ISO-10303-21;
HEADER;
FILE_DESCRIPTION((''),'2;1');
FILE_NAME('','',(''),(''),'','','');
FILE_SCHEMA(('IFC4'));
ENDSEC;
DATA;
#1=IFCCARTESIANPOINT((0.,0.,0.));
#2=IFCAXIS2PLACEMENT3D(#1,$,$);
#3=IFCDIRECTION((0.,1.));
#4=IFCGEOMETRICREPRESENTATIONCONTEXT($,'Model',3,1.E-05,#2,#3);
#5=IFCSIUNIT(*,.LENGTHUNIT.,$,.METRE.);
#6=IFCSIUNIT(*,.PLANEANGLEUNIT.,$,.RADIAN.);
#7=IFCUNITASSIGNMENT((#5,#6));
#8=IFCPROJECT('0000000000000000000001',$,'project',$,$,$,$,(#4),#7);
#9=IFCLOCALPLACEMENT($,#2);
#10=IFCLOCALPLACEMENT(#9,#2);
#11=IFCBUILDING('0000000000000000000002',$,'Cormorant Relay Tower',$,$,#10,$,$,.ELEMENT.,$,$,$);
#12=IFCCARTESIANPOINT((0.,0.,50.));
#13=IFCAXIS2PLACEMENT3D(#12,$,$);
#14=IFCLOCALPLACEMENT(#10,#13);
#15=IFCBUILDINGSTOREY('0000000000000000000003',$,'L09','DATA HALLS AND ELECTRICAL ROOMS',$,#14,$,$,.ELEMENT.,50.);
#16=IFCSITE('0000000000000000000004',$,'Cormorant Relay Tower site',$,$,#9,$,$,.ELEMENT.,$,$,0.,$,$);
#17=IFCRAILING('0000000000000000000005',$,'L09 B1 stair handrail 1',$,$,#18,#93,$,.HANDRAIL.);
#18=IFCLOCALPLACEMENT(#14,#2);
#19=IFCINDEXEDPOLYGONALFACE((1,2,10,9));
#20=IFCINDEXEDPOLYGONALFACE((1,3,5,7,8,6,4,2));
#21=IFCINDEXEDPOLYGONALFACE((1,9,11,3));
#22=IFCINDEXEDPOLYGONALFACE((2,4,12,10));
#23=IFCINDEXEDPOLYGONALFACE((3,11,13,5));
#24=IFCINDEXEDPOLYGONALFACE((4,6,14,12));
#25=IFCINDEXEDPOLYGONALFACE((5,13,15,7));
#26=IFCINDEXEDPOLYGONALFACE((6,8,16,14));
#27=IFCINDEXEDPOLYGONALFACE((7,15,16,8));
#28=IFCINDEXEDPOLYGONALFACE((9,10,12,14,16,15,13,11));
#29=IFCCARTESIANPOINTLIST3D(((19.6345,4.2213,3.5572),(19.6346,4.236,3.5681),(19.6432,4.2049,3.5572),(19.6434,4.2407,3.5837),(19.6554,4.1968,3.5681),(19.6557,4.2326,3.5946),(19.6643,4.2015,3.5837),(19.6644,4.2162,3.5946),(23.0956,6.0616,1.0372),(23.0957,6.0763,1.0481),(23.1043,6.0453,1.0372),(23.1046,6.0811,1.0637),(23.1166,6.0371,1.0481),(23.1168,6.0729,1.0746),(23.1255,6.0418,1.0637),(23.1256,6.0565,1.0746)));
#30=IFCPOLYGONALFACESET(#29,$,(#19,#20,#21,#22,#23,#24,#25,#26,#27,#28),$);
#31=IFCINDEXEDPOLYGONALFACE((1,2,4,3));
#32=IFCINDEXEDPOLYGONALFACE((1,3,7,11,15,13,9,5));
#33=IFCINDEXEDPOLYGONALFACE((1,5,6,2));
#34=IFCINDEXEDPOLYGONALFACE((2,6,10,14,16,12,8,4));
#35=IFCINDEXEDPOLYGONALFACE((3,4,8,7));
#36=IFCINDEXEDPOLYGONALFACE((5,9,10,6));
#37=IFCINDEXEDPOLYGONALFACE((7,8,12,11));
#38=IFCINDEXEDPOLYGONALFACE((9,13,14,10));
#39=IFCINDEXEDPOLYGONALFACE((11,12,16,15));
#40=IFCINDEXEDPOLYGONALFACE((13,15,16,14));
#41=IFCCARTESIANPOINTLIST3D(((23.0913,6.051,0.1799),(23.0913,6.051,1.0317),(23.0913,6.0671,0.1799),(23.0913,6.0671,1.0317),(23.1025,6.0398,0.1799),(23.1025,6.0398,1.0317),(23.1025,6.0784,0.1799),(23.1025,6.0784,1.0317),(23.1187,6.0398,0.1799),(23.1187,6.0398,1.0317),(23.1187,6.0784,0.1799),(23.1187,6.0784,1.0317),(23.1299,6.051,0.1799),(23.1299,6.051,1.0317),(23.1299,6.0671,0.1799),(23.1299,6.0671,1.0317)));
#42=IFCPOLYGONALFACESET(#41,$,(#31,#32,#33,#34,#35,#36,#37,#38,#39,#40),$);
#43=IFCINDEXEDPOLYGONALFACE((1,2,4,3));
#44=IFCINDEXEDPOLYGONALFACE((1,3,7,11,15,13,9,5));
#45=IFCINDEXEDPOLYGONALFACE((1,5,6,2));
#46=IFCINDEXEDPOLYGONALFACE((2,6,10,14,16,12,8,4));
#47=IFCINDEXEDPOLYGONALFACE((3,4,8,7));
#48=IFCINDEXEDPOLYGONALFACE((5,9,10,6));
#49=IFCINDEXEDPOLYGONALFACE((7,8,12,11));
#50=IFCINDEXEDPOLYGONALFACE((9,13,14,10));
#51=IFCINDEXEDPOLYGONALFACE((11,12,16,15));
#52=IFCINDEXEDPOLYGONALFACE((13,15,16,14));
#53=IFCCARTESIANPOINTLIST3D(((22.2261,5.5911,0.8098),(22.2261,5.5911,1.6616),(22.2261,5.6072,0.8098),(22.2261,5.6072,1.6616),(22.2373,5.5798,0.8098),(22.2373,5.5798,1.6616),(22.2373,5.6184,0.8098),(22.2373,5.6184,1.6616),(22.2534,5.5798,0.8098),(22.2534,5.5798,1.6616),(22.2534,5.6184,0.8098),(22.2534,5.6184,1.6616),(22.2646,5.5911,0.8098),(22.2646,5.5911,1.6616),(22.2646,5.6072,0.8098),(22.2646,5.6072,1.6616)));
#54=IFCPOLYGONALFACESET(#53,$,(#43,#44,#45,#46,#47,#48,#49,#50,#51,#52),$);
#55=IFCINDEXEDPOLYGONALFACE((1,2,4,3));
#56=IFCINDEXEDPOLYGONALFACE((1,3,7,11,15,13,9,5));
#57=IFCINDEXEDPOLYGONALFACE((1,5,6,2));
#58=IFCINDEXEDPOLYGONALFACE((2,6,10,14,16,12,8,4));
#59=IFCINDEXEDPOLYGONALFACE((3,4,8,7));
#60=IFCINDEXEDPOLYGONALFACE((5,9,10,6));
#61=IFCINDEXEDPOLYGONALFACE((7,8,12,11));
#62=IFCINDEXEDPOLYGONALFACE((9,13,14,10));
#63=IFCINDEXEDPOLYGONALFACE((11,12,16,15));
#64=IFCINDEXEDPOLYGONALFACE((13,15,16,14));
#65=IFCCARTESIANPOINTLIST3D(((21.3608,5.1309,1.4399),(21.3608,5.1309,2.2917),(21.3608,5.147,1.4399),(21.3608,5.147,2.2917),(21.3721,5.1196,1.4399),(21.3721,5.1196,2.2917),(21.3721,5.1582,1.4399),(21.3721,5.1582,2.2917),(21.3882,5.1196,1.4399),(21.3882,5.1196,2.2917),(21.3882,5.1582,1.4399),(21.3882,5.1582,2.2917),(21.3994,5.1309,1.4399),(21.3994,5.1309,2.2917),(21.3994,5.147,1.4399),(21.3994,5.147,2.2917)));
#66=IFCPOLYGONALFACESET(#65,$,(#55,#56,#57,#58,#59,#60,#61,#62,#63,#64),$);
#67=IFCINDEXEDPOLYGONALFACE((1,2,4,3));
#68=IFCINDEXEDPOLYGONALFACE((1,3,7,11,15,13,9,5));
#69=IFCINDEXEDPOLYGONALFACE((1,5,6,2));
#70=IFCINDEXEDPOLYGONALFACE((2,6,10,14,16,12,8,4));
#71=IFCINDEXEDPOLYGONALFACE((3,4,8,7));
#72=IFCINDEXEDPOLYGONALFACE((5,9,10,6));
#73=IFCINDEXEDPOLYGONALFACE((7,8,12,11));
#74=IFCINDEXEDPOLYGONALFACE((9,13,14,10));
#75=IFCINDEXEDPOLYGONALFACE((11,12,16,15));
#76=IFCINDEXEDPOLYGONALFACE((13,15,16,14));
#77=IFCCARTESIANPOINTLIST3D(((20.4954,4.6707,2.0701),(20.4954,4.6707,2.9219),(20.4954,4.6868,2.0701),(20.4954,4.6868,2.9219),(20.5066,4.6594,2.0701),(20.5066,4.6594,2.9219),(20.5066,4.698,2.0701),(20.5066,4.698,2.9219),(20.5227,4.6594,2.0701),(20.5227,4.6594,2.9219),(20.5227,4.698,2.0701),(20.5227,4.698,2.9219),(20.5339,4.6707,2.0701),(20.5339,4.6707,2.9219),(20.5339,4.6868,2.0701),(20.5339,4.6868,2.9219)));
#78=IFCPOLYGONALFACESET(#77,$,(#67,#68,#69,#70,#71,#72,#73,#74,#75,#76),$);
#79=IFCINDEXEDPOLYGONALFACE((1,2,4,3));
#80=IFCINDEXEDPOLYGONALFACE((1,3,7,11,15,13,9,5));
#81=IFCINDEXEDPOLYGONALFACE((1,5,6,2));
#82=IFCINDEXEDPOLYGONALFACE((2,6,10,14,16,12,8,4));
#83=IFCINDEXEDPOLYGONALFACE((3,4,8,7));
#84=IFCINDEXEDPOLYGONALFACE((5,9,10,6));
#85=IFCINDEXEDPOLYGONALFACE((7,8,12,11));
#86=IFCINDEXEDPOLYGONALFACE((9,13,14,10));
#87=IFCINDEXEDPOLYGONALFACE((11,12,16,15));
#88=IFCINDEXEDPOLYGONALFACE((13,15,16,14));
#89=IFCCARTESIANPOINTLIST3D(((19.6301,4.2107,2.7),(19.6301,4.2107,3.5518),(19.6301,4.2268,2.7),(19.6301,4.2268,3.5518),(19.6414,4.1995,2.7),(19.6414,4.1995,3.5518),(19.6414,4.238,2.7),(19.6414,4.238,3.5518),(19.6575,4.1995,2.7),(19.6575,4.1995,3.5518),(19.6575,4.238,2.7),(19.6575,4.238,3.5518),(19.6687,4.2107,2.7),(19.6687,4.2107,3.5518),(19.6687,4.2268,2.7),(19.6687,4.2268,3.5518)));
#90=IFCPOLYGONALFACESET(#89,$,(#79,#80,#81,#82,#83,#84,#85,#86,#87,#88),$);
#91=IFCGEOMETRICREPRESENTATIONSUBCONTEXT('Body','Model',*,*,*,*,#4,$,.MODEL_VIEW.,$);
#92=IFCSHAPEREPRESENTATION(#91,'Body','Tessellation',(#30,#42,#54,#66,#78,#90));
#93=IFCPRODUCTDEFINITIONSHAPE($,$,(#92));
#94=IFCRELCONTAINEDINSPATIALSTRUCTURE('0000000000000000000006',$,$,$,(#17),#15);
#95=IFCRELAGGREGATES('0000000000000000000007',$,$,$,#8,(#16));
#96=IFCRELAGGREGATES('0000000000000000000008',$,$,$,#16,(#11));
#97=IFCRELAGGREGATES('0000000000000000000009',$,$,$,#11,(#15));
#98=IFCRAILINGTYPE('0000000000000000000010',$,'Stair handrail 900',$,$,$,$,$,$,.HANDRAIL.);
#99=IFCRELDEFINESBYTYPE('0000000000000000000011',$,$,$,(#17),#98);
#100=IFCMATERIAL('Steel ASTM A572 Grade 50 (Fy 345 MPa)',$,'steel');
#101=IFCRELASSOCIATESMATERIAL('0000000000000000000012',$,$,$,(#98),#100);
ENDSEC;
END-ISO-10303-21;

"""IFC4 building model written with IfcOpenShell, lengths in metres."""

from ifc_helpers import new_model, si_unit, direction, frame, origin, place, context, subcontext, project, spatial, polyline, outline, extrude, material, type_object, element, save


model = new_model("IFC4")

# Units and contexts
model_context = context("Model", 3, precision=1e-05, world=origin(), true_north=direction((0.0, 1.0)))
body_context = subcontext(model_context, "Body", "Model", "MODEL_VIEW")
ifc_project = project(units=[si_unit("LENGTHUNIT", "METRE"), si_unit("PLANEANGLEUNIT", "RADIAN")], contexts=[model_context])

# Site, building, storey
site_placement = place(None, origin())
site = spatial("IfcSite", under=ifc_project, at=site_placement, Name="Cormorant Relay Tower site", CompositionType="ELEMENT", RefElevation=0.0)
building_placement = place(site_placement, origin())
building = spatial("IfcBuilding", under=site, at=building_placement, Name="Cormorant Relay Tower", CompositionType="ELEMENT")
storey_placement = place(building_placement, frame((0.0, 0.0, 50.0)))
storey = spatial("IfcBuildingStorey", under=building, at=storey_placement, Name="L09", Description="DATA HALLS AND ELECTRICAL ROOMS", CompositionType="ELEMENT", Elevation=50.0)

# Railing
ifc_material_1 = material(Name="Steel ASTM A572 Grade 50 (Fy 345 MPa)", Category="steel")
railing_type_1 = type_object("IfcRailingType", Name="Stair handrail 900", PredefinedType="HANDRAIL", material=ifc_material_1)
railing_1_placement = place(storey_placement, frame((23.1106, 6.0591, 0.1799)))
element("IfcRailing", 1, at=railing_1_placement, inside=storey, type_object=railing_type_1, Name="L09 B1 stair handrail 1", PredefinedType="HANDRAIL", context=body_context, shape_type="SweptSolid", body=[
    extrude(outline(polyline([(0.0222, 0.0093), (0.0093, 0.0222), (-0.0093, 0.0222), (-0.0222, 0.0093), (-0.0222, -0.0093), (-0.0093, -0.0222), (0.0093, -0.0222), (0.0222, -0.0093), (0.0222, 0.0093)])), frame((0.0, 0.0, 0.876), z_axis=(-0.742717, -0.394907, 0.540758), x_axis=(0.469469, -0.882949, 0.0)), (0.0, 0.0, 1.0), 4.6602),
    extrude(outline(polyline([(0.0193, 0.0081), (0.0081, 0.0193), (-0.0081, 0.0193), (-0.0193, 0.0081), (-0.0193, -0.0081), (-0.0081, -0.0193), (0.0081, -0.0193), (0.0193, -0.0081), (0.0193, 0.0081)])), origin(), (0.0, 0.0, 1.0), 0.8518),
    extrude(outline(polyline([(0.0193, 0.0081), (0.0081, 0.0193), (-0.0081, 0.0193), (-0.0193, 0.0081), (-0.0193, -0.0081), (-0.0081, -0.0193), (0.0081, -0.0193), (0.0193, -0.0081), (0.0193, 0.0081)])), frame((-0.8652, -0.46, 0.6299)), (0.0, 0.0, 1.0), 0.8518),
    extrude(outline(polyline([(0.0193, 0.0081), (0.0081, 0.0193), (-0.0081, 0.0193), (-0.0193, 0.0081), (-0.0193, -0.0081), (-0.0081, -0.0193), (0.0081, -0.0193), (0.0193, -0.0081), (0.0193, 0.0081)])), frame((-1.7305, -0.9202, 1.26)), (0.0, 0.0, 1.0), 0.8518),
    extrude(outline(polyline([(0.0193, 0.0081), (0.0081, 0.0193), (-0.0081, 0.0193), (-0.0193, 0.0081), (-0.0193, -0.0081), (-0.0081, -0.0193), (0.0081, -0.0193), (0.0193, -0.0081), (0.0193, 0.0081)])), frame((-2.5959, -1.3804, 1.8901)), (0.0, 0.0, 1.0), 0.8518),
    extrude(outline(polyline([(0.0193, 0.0081), (0.0081, 0.0193), (-0.0081, 0.0193), (-0.0193, 0.0081), (-0.0193, -0.0081), (-0.0081, -0.0193), (0.0081, -0.0193), (0.0193, -0.0081), (0.0193, 0.0081)])), frame((-3.4612, -1.8403, 2.52)), (0.0, 0.0, 1.0), 0.8518),
])

save(model, "model.ifc")
